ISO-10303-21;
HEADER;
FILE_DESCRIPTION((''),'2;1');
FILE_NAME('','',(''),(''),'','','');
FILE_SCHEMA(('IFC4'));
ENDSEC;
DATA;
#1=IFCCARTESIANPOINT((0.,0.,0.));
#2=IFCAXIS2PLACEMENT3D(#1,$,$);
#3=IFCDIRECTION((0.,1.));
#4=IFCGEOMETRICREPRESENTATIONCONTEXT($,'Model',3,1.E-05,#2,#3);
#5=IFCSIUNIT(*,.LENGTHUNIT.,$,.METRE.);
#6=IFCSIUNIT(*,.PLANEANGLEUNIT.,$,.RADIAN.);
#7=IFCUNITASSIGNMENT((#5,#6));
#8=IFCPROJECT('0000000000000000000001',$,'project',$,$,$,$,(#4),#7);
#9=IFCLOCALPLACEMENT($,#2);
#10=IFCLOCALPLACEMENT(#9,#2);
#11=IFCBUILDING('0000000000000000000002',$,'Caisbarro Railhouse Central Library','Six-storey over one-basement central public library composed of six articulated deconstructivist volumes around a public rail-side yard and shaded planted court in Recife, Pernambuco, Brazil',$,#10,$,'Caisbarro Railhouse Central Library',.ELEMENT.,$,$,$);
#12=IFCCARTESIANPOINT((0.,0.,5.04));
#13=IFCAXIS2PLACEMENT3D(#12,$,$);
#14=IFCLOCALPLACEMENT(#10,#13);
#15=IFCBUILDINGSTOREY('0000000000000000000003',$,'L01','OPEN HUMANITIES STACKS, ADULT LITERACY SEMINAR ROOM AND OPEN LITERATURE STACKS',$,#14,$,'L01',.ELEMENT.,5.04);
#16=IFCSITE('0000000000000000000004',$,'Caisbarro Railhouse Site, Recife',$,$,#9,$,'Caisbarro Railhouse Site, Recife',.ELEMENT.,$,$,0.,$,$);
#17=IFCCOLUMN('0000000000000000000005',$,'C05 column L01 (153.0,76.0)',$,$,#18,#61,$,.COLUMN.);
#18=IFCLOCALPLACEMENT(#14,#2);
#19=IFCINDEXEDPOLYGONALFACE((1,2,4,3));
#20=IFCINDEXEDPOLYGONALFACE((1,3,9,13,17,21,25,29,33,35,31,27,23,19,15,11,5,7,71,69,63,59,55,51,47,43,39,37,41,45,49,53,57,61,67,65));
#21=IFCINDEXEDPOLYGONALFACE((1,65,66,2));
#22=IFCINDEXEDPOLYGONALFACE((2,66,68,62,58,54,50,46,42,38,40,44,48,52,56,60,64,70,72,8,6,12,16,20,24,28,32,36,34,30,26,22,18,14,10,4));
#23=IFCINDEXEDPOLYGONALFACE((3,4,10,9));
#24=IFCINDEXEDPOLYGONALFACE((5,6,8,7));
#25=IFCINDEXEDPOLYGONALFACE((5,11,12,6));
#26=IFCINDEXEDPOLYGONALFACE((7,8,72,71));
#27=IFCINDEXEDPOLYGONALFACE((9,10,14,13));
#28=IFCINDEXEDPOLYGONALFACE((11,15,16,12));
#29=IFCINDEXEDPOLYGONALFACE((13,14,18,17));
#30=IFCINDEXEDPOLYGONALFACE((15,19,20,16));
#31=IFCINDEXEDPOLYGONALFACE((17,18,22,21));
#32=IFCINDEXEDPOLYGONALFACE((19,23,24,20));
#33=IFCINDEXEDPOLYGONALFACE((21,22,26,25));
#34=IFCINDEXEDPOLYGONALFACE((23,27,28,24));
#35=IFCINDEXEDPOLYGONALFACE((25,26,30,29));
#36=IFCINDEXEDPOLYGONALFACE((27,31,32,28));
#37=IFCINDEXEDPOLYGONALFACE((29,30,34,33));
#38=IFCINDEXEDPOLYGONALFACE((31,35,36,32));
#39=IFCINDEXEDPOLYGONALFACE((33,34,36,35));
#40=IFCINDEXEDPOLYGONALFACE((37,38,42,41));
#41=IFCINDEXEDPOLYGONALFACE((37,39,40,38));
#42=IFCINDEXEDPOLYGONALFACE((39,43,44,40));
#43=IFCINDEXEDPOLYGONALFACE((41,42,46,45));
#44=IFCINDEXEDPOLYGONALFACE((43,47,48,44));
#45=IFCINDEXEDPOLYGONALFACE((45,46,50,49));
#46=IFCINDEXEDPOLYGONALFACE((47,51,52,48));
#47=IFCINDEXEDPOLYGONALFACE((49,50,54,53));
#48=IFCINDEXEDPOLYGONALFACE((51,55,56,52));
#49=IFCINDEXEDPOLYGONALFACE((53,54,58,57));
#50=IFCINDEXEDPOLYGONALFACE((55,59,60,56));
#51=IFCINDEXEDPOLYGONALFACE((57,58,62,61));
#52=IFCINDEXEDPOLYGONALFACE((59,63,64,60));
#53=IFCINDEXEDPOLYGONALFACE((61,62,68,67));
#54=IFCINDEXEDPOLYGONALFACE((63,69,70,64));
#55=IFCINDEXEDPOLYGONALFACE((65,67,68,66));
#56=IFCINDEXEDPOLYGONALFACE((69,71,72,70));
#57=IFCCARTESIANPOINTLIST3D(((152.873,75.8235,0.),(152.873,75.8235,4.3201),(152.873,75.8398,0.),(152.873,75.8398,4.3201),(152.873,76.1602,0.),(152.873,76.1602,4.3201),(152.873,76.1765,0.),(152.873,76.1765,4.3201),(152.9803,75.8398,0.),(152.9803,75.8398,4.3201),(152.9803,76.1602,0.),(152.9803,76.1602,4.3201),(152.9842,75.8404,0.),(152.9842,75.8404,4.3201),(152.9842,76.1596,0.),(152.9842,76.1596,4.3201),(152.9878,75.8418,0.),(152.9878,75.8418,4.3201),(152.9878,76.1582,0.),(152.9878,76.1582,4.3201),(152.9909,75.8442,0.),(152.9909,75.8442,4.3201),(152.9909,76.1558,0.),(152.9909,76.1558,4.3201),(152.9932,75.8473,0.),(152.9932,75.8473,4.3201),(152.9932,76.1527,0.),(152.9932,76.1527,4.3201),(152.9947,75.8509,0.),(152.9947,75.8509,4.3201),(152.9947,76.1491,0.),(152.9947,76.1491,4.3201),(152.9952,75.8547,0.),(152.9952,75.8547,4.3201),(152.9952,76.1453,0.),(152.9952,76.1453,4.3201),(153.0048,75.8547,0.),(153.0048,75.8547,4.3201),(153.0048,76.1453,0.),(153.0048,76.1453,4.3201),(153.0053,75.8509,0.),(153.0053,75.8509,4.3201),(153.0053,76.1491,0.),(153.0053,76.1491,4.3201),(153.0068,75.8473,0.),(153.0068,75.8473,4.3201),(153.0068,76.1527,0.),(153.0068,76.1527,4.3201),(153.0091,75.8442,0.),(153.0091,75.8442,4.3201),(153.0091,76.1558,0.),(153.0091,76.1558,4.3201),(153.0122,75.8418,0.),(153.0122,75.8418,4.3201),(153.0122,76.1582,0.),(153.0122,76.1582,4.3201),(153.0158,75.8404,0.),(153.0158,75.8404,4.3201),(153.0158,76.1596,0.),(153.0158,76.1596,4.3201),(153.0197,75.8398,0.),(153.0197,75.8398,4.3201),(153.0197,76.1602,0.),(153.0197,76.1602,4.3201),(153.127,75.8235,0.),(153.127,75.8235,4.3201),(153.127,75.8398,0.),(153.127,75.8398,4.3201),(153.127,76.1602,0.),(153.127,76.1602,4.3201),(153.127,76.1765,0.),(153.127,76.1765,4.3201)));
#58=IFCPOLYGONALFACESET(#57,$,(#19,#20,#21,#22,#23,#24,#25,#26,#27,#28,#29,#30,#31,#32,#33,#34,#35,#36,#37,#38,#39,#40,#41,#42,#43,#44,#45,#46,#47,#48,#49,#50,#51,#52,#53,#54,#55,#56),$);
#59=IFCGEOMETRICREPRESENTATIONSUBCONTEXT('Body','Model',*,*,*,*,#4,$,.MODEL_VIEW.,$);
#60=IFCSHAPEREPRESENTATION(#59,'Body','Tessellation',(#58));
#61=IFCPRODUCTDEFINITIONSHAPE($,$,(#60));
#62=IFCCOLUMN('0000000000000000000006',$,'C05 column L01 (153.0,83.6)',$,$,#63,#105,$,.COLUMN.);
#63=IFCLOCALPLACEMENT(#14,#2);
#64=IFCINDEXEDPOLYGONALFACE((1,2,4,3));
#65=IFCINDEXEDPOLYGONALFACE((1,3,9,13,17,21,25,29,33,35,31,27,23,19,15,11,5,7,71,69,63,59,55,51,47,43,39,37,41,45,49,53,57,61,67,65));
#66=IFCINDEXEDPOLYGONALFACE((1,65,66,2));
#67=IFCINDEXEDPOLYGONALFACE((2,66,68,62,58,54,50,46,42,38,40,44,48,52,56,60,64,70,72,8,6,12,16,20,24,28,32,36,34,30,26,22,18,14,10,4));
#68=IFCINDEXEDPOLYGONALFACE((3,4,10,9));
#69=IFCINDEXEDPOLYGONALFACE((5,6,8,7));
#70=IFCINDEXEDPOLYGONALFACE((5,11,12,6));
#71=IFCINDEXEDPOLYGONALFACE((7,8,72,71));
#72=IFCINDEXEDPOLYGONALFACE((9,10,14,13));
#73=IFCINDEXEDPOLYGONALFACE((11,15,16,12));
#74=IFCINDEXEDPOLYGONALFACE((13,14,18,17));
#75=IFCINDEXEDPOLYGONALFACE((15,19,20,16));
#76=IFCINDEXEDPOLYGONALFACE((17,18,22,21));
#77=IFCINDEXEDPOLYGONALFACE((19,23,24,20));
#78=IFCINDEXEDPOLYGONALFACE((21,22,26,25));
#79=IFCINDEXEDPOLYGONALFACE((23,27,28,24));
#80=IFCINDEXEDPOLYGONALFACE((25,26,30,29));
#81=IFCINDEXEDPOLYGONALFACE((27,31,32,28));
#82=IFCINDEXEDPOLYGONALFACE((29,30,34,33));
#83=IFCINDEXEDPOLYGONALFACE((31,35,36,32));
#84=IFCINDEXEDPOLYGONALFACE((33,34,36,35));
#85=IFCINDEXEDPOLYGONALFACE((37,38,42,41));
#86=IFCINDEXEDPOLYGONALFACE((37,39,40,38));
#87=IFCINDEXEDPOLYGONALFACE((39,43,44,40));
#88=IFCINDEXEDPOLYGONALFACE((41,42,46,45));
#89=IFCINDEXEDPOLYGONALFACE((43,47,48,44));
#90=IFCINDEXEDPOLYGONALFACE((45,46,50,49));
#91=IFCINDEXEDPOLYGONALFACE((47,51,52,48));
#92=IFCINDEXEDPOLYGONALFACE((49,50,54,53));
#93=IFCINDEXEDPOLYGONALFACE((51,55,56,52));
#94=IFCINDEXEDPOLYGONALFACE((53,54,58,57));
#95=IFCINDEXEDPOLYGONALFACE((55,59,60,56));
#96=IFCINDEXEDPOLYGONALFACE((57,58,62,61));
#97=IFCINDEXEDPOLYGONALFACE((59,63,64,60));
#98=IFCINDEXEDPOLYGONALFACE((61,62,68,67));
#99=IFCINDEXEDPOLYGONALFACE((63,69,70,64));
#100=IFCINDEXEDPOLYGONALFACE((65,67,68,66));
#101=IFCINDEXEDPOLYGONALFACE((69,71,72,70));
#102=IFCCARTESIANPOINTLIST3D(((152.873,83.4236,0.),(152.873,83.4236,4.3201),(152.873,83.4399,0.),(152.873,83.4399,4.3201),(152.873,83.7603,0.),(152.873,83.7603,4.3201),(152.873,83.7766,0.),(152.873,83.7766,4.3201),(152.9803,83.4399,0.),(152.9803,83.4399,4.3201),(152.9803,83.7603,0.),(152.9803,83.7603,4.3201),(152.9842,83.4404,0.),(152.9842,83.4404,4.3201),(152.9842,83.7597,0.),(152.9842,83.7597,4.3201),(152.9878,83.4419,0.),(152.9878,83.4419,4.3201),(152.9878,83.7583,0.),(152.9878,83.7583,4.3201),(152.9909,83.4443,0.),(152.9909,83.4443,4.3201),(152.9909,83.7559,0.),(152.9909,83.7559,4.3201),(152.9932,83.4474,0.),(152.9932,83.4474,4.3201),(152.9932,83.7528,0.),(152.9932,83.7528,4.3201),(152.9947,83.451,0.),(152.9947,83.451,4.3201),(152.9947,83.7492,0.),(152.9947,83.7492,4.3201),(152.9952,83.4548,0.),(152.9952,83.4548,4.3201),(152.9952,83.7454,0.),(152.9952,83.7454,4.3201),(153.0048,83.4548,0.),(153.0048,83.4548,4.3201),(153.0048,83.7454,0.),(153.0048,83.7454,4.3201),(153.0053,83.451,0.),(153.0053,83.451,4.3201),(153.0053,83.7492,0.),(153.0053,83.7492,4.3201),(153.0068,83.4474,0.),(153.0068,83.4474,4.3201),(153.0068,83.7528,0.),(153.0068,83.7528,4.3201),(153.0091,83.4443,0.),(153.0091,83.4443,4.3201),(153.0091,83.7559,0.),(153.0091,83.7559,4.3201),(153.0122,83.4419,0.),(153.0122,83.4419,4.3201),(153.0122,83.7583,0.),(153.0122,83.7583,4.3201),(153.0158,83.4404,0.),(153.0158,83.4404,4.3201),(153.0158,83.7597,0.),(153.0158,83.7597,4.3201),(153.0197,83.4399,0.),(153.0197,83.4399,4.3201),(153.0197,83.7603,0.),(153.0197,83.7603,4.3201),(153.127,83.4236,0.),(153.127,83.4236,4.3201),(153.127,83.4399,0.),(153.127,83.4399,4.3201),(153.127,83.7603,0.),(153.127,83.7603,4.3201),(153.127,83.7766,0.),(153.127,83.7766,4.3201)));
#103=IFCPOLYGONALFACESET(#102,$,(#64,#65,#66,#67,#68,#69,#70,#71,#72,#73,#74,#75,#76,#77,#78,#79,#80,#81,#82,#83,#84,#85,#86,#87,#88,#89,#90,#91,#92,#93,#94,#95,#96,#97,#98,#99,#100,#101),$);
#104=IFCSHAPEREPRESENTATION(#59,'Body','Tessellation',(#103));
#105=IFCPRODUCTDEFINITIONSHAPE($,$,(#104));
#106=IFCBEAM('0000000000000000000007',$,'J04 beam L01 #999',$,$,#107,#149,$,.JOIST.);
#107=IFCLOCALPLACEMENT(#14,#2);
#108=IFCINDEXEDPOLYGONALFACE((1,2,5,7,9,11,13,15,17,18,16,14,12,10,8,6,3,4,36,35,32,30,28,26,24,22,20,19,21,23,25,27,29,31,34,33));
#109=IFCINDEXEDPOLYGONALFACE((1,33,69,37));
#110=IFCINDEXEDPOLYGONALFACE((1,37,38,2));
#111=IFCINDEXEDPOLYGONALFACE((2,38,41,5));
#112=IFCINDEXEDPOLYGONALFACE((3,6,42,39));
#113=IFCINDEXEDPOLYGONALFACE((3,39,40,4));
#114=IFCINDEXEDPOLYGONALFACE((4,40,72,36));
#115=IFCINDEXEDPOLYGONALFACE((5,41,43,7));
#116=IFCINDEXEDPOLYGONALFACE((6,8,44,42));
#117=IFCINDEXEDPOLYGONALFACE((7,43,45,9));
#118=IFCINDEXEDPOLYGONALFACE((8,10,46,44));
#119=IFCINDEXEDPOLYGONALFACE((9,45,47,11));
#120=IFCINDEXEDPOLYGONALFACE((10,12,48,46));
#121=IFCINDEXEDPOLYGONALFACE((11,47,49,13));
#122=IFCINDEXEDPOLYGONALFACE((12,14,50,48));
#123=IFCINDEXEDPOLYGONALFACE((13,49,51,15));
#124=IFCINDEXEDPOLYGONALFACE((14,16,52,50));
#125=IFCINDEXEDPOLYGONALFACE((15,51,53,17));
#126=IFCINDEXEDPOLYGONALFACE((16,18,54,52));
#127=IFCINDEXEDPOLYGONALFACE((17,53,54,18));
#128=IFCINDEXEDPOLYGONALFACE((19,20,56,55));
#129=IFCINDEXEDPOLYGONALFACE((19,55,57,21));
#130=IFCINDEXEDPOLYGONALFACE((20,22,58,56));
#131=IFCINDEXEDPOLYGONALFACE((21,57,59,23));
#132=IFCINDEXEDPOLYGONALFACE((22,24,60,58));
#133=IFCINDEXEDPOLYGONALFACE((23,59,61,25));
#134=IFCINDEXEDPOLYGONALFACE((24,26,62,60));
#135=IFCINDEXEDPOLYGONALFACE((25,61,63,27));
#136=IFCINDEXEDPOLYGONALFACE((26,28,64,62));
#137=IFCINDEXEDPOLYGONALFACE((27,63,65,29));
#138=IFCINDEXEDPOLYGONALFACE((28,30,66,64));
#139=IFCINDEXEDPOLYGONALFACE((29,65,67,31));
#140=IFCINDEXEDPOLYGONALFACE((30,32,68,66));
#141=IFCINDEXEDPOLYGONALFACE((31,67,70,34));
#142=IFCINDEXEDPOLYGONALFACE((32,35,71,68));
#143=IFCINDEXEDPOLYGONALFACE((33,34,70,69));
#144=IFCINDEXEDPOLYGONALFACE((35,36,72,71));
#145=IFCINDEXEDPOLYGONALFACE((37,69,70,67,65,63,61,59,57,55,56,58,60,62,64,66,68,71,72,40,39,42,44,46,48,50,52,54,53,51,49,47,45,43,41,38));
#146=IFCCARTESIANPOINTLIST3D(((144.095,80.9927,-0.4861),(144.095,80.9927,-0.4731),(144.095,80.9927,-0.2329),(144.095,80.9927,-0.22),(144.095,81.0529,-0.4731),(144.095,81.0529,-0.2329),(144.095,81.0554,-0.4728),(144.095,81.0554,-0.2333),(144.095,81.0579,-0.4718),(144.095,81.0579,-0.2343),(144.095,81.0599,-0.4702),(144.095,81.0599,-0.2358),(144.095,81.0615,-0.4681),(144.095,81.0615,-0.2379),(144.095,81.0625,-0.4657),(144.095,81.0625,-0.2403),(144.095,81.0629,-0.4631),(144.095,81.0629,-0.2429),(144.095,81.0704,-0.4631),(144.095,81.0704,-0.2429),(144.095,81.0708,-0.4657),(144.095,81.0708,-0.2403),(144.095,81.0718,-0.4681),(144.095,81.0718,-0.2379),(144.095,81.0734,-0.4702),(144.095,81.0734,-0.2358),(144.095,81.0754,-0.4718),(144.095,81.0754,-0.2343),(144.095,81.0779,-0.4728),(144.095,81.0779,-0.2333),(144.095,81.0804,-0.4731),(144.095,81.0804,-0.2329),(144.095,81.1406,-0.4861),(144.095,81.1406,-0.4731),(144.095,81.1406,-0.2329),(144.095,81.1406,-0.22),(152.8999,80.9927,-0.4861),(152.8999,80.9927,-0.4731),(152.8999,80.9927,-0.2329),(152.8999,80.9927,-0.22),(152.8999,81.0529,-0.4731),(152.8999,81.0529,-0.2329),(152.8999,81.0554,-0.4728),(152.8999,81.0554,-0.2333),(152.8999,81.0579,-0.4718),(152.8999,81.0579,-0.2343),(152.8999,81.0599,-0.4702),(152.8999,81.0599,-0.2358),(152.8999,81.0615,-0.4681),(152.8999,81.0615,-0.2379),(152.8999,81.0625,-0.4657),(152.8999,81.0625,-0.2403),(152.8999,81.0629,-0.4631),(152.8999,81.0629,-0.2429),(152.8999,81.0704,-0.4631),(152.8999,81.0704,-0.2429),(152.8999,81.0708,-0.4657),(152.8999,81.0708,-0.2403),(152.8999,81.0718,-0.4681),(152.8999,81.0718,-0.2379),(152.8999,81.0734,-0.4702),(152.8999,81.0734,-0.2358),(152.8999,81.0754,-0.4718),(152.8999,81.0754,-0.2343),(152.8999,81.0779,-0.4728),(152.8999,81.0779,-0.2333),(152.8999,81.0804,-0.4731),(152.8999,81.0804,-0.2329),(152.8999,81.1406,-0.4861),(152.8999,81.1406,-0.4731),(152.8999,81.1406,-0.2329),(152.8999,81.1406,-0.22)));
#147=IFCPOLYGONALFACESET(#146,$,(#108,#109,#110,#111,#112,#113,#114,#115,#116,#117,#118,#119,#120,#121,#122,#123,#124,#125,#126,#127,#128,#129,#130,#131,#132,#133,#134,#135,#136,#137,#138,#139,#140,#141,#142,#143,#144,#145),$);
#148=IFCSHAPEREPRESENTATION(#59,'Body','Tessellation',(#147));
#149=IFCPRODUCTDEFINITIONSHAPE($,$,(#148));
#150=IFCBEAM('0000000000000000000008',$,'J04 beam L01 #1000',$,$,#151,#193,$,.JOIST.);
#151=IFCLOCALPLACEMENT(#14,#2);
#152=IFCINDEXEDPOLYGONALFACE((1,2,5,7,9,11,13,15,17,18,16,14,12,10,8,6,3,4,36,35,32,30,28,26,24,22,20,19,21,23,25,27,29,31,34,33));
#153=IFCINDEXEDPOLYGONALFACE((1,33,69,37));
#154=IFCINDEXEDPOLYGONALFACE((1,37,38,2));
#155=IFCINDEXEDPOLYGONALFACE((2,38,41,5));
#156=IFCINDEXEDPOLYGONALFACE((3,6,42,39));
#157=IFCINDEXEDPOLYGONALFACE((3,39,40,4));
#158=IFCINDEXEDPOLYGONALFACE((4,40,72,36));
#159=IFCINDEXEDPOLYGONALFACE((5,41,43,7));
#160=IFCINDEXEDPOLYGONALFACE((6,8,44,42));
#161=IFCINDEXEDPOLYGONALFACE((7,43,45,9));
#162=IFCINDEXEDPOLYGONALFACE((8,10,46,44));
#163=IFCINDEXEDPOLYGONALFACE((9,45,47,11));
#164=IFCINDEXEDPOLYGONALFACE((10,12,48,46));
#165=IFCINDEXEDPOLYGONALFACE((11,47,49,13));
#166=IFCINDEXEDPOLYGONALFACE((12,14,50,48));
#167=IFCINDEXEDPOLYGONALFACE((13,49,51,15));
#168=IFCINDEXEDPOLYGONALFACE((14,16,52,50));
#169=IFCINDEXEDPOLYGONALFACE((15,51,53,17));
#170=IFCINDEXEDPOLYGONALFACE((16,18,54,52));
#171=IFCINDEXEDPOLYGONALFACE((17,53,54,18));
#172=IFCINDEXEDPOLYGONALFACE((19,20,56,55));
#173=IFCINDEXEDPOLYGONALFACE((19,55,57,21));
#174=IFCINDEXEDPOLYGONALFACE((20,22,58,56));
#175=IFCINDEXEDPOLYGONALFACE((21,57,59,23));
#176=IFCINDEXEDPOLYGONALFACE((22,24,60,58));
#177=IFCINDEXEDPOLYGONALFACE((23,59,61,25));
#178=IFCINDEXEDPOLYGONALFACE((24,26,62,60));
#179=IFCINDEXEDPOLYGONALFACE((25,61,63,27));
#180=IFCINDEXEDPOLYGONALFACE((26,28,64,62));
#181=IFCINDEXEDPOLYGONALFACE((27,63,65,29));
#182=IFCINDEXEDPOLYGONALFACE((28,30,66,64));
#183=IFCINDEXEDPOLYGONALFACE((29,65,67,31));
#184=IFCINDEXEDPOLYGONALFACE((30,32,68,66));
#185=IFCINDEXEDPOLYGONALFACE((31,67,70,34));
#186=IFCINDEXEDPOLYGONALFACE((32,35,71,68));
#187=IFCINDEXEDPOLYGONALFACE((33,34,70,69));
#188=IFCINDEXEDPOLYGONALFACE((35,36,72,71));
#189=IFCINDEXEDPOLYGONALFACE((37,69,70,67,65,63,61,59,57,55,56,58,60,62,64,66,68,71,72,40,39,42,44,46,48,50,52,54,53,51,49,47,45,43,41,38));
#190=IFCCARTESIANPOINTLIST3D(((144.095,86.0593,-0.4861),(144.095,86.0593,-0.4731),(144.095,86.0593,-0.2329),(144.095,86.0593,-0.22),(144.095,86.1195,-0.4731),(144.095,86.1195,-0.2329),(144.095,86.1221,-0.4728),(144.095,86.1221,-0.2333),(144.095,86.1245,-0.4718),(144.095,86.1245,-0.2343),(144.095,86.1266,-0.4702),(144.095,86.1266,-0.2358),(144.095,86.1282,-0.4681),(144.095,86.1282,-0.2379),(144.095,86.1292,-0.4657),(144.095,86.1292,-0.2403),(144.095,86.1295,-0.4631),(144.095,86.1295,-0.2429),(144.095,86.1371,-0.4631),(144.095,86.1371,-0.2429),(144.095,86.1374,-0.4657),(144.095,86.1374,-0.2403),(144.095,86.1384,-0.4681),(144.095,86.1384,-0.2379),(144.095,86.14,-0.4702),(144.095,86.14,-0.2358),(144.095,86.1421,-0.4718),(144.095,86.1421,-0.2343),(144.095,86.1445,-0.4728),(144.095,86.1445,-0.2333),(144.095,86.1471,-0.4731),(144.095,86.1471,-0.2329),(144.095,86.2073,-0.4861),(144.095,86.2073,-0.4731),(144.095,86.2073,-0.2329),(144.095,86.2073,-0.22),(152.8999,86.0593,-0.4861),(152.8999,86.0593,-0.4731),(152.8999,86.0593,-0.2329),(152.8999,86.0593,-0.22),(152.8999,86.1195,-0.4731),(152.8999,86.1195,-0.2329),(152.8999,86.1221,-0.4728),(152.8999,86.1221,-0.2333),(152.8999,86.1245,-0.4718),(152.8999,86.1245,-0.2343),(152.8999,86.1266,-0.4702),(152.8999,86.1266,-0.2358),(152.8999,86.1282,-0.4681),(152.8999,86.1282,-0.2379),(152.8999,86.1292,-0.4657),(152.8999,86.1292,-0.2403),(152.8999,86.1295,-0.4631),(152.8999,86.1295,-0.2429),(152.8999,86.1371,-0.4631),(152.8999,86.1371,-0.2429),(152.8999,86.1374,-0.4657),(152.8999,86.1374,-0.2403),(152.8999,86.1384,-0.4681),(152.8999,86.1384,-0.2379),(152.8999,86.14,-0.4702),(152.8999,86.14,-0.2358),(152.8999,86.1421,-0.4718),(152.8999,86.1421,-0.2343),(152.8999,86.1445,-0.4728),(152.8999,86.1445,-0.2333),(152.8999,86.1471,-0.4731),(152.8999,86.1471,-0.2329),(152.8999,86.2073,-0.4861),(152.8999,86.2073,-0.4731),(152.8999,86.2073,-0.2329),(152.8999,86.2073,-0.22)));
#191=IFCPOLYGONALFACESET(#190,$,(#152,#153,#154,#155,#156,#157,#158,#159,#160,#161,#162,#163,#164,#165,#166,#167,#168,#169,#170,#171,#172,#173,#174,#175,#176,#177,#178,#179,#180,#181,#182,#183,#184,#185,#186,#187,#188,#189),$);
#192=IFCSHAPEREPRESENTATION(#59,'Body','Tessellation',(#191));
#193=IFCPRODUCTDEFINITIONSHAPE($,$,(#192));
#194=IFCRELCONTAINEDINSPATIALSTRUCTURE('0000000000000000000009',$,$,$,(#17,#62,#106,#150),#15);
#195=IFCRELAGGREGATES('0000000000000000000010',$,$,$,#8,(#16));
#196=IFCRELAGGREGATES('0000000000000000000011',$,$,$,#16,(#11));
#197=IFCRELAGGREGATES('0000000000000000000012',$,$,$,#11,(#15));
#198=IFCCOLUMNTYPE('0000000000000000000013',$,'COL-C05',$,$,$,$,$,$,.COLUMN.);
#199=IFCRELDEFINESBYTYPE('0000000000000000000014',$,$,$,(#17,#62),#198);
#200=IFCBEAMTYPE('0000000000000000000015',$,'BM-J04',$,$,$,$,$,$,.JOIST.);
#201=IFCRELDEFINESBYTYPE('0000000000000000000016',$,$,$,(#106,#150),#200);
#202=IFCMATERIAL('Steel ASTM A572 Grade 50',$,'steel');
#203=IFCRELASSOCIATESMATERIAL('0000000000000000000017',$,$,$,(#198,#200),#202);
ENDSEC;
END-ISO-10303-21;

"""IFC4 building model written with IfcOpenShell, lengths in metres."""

from ifc_helpers import new_model, si_unit, direction, frame, origin, origin_2d, place, context, subcontext, project, spatial, i_section, extrude, material, material_profile, profile_set, type_object, element, save


model = new_model("IFC4")

# Units and contexts
model_context = context("Model", 3, precision=1e-05, world=origin(), true_north=direction((0.0, 1.0)))
body_context = subcontext(model_context, "Body", "Model", "MODEL_VIEW")
ifc_project = project(units=[si_unit("LENGTHUNIT", "METRE"), si_unit("PLANEANGLEUNIT", "RADIAN")], contexts=[model_context])

# Site, building, storey
site_placement = place(None, origin())
site = spatial("IfcSite", under=ifc_project, at=site_placement, Name="Caisbarro Railhouse Site, Recife", LongName="Caisbarro Railhouse Site, Recife", CompositionType="ELEMENT", RefElevation=0.0)
building_placement = place(site_placement, origin())
building = spatial("IfcBuilding", under=site, at=building_placement, Name="Caisbarro Railhouse Central Library", Description="Six-storey over one-basement central public library composed of six articulated deconstructivist volumes around a public rail-side yard and shaded planted court in Recife, Pernambuco, Brazil", LongName="Caisbarro Railhouse Central Library", CompositionType="ELEMENT")
storey_placement = place(building_placement, frame((0.0, 0.0, 5.04)))
storey = spatial("IfcBuildingStorey", under=building, at=storey_placement, Name="L01", Description="OPEN HUMANITIES STACKS, ADULT LITERACY SEMINAR ROOM AND OPEN LITERATURE STACKS", LongName="L01", CompositionType="ELEMENT", Elevation=5.04)

# Columns
ifc_material_1 = material(Name="Steel ASTM A572 Grade 50", Category="steel")
ifc_material_profile_1 = material_profile(ifc_material_1, i_section(OverallWidth=0.2539, OverallDepth=0.353, WebThickness=0.0095, FlangeThickness=0.0164, FilletRadius=0.0149, at=origin_2d()), Name="W360X91.0")
ifc_profile_set_1 = profile_set([ifc_material_profile_1], Name="Steel ASTM A572 Grade 50")
column_type = type_object("IfcColumnType", Name="COL-C05", PredefinedType="COLUMN", material=ifc_profile_set_1)
for number, where, z_axis, x_axis, name in (
    (1, (153.0, 76.0, 0.0), (0.0, 0.0, 1.0), (1.0, 0.0, 0.0), "C05 column L01 (153.0,76.0)"),
    (2, (153.0, 83.6001, 0.0), (0.0, 0.0, 1.0), (1.0, 0.0, 0.0), "C05 column L01 (153.0,83.6)"),
):
    element("IfcColumn", number, at=place(storey_placement, frame(where, z_axis=z_axis, x_axis=x_axis)), inside=storey, type_object=column_type, Name=name, PredefinedType="COLUMN", context=body_context, shape_type="SweptSolid", body=[
        extrude(i_section(OverallWidth=0.2539, OverallDepth=0.353, WebThickness=0.0095, FlangeThickness=0.0164, FilletRadius=0.0149, at=origin_2d()), origin(), (0.0, 0.0, 1.0), 4.3201),
    ])

# Beams
ifc_material_profile_2 = material_profile(ifc_material_1, i_section(OverallWidth=0.1479, OverallDepth=0.2661, WebThickness=0.0076, FlangeThickness=0.0129, FilletRadius=0.01, at=origin_2d()), Name="W250X44.8")
ifc_profile_set_2 = profile_set([ifc_material_profile_2], Name="Steel ASTM A572 Grade 50")
beam_type_1 = type_object("IfcBeamType", Name="BM-J04", PredefinedType="JOIST", material=ifc_profile_set_2)
for number, where, z_axis, x_axis, name in (
    (3, (144.095, 81.0667, -0.353), (1.0, 0.0, 0.0), (0.0, 1.0, 0.0), "J04 beam L01 #999"),
    (4, (144.095, 86.1333, -0.353), (1.0, 0.0, 0.0), (0.0, 1.0, 0.0), "J04 beam L01 #1000"),
):
    element("IfcBeam", number, at=place(storey_placement, frame(where, z_axis=z_axis, x_axis=x_axis)), inside=storey, type_object=beam_type_1, Name=name, PredefinedType="JOIST", context=body_context, shape_type="SweptSolid", body=[
        extrude(i_section(OverallWidth=0.1479, OverallDepth=0.2661, WebThickness=0.0076, FlangeThickness=0.0129, FilletRadius=0.01, at=origin_2d()), origin(), (0.0, 0.0, 1.0), 8.8049),
    ])

save(model, "model.ifc")
